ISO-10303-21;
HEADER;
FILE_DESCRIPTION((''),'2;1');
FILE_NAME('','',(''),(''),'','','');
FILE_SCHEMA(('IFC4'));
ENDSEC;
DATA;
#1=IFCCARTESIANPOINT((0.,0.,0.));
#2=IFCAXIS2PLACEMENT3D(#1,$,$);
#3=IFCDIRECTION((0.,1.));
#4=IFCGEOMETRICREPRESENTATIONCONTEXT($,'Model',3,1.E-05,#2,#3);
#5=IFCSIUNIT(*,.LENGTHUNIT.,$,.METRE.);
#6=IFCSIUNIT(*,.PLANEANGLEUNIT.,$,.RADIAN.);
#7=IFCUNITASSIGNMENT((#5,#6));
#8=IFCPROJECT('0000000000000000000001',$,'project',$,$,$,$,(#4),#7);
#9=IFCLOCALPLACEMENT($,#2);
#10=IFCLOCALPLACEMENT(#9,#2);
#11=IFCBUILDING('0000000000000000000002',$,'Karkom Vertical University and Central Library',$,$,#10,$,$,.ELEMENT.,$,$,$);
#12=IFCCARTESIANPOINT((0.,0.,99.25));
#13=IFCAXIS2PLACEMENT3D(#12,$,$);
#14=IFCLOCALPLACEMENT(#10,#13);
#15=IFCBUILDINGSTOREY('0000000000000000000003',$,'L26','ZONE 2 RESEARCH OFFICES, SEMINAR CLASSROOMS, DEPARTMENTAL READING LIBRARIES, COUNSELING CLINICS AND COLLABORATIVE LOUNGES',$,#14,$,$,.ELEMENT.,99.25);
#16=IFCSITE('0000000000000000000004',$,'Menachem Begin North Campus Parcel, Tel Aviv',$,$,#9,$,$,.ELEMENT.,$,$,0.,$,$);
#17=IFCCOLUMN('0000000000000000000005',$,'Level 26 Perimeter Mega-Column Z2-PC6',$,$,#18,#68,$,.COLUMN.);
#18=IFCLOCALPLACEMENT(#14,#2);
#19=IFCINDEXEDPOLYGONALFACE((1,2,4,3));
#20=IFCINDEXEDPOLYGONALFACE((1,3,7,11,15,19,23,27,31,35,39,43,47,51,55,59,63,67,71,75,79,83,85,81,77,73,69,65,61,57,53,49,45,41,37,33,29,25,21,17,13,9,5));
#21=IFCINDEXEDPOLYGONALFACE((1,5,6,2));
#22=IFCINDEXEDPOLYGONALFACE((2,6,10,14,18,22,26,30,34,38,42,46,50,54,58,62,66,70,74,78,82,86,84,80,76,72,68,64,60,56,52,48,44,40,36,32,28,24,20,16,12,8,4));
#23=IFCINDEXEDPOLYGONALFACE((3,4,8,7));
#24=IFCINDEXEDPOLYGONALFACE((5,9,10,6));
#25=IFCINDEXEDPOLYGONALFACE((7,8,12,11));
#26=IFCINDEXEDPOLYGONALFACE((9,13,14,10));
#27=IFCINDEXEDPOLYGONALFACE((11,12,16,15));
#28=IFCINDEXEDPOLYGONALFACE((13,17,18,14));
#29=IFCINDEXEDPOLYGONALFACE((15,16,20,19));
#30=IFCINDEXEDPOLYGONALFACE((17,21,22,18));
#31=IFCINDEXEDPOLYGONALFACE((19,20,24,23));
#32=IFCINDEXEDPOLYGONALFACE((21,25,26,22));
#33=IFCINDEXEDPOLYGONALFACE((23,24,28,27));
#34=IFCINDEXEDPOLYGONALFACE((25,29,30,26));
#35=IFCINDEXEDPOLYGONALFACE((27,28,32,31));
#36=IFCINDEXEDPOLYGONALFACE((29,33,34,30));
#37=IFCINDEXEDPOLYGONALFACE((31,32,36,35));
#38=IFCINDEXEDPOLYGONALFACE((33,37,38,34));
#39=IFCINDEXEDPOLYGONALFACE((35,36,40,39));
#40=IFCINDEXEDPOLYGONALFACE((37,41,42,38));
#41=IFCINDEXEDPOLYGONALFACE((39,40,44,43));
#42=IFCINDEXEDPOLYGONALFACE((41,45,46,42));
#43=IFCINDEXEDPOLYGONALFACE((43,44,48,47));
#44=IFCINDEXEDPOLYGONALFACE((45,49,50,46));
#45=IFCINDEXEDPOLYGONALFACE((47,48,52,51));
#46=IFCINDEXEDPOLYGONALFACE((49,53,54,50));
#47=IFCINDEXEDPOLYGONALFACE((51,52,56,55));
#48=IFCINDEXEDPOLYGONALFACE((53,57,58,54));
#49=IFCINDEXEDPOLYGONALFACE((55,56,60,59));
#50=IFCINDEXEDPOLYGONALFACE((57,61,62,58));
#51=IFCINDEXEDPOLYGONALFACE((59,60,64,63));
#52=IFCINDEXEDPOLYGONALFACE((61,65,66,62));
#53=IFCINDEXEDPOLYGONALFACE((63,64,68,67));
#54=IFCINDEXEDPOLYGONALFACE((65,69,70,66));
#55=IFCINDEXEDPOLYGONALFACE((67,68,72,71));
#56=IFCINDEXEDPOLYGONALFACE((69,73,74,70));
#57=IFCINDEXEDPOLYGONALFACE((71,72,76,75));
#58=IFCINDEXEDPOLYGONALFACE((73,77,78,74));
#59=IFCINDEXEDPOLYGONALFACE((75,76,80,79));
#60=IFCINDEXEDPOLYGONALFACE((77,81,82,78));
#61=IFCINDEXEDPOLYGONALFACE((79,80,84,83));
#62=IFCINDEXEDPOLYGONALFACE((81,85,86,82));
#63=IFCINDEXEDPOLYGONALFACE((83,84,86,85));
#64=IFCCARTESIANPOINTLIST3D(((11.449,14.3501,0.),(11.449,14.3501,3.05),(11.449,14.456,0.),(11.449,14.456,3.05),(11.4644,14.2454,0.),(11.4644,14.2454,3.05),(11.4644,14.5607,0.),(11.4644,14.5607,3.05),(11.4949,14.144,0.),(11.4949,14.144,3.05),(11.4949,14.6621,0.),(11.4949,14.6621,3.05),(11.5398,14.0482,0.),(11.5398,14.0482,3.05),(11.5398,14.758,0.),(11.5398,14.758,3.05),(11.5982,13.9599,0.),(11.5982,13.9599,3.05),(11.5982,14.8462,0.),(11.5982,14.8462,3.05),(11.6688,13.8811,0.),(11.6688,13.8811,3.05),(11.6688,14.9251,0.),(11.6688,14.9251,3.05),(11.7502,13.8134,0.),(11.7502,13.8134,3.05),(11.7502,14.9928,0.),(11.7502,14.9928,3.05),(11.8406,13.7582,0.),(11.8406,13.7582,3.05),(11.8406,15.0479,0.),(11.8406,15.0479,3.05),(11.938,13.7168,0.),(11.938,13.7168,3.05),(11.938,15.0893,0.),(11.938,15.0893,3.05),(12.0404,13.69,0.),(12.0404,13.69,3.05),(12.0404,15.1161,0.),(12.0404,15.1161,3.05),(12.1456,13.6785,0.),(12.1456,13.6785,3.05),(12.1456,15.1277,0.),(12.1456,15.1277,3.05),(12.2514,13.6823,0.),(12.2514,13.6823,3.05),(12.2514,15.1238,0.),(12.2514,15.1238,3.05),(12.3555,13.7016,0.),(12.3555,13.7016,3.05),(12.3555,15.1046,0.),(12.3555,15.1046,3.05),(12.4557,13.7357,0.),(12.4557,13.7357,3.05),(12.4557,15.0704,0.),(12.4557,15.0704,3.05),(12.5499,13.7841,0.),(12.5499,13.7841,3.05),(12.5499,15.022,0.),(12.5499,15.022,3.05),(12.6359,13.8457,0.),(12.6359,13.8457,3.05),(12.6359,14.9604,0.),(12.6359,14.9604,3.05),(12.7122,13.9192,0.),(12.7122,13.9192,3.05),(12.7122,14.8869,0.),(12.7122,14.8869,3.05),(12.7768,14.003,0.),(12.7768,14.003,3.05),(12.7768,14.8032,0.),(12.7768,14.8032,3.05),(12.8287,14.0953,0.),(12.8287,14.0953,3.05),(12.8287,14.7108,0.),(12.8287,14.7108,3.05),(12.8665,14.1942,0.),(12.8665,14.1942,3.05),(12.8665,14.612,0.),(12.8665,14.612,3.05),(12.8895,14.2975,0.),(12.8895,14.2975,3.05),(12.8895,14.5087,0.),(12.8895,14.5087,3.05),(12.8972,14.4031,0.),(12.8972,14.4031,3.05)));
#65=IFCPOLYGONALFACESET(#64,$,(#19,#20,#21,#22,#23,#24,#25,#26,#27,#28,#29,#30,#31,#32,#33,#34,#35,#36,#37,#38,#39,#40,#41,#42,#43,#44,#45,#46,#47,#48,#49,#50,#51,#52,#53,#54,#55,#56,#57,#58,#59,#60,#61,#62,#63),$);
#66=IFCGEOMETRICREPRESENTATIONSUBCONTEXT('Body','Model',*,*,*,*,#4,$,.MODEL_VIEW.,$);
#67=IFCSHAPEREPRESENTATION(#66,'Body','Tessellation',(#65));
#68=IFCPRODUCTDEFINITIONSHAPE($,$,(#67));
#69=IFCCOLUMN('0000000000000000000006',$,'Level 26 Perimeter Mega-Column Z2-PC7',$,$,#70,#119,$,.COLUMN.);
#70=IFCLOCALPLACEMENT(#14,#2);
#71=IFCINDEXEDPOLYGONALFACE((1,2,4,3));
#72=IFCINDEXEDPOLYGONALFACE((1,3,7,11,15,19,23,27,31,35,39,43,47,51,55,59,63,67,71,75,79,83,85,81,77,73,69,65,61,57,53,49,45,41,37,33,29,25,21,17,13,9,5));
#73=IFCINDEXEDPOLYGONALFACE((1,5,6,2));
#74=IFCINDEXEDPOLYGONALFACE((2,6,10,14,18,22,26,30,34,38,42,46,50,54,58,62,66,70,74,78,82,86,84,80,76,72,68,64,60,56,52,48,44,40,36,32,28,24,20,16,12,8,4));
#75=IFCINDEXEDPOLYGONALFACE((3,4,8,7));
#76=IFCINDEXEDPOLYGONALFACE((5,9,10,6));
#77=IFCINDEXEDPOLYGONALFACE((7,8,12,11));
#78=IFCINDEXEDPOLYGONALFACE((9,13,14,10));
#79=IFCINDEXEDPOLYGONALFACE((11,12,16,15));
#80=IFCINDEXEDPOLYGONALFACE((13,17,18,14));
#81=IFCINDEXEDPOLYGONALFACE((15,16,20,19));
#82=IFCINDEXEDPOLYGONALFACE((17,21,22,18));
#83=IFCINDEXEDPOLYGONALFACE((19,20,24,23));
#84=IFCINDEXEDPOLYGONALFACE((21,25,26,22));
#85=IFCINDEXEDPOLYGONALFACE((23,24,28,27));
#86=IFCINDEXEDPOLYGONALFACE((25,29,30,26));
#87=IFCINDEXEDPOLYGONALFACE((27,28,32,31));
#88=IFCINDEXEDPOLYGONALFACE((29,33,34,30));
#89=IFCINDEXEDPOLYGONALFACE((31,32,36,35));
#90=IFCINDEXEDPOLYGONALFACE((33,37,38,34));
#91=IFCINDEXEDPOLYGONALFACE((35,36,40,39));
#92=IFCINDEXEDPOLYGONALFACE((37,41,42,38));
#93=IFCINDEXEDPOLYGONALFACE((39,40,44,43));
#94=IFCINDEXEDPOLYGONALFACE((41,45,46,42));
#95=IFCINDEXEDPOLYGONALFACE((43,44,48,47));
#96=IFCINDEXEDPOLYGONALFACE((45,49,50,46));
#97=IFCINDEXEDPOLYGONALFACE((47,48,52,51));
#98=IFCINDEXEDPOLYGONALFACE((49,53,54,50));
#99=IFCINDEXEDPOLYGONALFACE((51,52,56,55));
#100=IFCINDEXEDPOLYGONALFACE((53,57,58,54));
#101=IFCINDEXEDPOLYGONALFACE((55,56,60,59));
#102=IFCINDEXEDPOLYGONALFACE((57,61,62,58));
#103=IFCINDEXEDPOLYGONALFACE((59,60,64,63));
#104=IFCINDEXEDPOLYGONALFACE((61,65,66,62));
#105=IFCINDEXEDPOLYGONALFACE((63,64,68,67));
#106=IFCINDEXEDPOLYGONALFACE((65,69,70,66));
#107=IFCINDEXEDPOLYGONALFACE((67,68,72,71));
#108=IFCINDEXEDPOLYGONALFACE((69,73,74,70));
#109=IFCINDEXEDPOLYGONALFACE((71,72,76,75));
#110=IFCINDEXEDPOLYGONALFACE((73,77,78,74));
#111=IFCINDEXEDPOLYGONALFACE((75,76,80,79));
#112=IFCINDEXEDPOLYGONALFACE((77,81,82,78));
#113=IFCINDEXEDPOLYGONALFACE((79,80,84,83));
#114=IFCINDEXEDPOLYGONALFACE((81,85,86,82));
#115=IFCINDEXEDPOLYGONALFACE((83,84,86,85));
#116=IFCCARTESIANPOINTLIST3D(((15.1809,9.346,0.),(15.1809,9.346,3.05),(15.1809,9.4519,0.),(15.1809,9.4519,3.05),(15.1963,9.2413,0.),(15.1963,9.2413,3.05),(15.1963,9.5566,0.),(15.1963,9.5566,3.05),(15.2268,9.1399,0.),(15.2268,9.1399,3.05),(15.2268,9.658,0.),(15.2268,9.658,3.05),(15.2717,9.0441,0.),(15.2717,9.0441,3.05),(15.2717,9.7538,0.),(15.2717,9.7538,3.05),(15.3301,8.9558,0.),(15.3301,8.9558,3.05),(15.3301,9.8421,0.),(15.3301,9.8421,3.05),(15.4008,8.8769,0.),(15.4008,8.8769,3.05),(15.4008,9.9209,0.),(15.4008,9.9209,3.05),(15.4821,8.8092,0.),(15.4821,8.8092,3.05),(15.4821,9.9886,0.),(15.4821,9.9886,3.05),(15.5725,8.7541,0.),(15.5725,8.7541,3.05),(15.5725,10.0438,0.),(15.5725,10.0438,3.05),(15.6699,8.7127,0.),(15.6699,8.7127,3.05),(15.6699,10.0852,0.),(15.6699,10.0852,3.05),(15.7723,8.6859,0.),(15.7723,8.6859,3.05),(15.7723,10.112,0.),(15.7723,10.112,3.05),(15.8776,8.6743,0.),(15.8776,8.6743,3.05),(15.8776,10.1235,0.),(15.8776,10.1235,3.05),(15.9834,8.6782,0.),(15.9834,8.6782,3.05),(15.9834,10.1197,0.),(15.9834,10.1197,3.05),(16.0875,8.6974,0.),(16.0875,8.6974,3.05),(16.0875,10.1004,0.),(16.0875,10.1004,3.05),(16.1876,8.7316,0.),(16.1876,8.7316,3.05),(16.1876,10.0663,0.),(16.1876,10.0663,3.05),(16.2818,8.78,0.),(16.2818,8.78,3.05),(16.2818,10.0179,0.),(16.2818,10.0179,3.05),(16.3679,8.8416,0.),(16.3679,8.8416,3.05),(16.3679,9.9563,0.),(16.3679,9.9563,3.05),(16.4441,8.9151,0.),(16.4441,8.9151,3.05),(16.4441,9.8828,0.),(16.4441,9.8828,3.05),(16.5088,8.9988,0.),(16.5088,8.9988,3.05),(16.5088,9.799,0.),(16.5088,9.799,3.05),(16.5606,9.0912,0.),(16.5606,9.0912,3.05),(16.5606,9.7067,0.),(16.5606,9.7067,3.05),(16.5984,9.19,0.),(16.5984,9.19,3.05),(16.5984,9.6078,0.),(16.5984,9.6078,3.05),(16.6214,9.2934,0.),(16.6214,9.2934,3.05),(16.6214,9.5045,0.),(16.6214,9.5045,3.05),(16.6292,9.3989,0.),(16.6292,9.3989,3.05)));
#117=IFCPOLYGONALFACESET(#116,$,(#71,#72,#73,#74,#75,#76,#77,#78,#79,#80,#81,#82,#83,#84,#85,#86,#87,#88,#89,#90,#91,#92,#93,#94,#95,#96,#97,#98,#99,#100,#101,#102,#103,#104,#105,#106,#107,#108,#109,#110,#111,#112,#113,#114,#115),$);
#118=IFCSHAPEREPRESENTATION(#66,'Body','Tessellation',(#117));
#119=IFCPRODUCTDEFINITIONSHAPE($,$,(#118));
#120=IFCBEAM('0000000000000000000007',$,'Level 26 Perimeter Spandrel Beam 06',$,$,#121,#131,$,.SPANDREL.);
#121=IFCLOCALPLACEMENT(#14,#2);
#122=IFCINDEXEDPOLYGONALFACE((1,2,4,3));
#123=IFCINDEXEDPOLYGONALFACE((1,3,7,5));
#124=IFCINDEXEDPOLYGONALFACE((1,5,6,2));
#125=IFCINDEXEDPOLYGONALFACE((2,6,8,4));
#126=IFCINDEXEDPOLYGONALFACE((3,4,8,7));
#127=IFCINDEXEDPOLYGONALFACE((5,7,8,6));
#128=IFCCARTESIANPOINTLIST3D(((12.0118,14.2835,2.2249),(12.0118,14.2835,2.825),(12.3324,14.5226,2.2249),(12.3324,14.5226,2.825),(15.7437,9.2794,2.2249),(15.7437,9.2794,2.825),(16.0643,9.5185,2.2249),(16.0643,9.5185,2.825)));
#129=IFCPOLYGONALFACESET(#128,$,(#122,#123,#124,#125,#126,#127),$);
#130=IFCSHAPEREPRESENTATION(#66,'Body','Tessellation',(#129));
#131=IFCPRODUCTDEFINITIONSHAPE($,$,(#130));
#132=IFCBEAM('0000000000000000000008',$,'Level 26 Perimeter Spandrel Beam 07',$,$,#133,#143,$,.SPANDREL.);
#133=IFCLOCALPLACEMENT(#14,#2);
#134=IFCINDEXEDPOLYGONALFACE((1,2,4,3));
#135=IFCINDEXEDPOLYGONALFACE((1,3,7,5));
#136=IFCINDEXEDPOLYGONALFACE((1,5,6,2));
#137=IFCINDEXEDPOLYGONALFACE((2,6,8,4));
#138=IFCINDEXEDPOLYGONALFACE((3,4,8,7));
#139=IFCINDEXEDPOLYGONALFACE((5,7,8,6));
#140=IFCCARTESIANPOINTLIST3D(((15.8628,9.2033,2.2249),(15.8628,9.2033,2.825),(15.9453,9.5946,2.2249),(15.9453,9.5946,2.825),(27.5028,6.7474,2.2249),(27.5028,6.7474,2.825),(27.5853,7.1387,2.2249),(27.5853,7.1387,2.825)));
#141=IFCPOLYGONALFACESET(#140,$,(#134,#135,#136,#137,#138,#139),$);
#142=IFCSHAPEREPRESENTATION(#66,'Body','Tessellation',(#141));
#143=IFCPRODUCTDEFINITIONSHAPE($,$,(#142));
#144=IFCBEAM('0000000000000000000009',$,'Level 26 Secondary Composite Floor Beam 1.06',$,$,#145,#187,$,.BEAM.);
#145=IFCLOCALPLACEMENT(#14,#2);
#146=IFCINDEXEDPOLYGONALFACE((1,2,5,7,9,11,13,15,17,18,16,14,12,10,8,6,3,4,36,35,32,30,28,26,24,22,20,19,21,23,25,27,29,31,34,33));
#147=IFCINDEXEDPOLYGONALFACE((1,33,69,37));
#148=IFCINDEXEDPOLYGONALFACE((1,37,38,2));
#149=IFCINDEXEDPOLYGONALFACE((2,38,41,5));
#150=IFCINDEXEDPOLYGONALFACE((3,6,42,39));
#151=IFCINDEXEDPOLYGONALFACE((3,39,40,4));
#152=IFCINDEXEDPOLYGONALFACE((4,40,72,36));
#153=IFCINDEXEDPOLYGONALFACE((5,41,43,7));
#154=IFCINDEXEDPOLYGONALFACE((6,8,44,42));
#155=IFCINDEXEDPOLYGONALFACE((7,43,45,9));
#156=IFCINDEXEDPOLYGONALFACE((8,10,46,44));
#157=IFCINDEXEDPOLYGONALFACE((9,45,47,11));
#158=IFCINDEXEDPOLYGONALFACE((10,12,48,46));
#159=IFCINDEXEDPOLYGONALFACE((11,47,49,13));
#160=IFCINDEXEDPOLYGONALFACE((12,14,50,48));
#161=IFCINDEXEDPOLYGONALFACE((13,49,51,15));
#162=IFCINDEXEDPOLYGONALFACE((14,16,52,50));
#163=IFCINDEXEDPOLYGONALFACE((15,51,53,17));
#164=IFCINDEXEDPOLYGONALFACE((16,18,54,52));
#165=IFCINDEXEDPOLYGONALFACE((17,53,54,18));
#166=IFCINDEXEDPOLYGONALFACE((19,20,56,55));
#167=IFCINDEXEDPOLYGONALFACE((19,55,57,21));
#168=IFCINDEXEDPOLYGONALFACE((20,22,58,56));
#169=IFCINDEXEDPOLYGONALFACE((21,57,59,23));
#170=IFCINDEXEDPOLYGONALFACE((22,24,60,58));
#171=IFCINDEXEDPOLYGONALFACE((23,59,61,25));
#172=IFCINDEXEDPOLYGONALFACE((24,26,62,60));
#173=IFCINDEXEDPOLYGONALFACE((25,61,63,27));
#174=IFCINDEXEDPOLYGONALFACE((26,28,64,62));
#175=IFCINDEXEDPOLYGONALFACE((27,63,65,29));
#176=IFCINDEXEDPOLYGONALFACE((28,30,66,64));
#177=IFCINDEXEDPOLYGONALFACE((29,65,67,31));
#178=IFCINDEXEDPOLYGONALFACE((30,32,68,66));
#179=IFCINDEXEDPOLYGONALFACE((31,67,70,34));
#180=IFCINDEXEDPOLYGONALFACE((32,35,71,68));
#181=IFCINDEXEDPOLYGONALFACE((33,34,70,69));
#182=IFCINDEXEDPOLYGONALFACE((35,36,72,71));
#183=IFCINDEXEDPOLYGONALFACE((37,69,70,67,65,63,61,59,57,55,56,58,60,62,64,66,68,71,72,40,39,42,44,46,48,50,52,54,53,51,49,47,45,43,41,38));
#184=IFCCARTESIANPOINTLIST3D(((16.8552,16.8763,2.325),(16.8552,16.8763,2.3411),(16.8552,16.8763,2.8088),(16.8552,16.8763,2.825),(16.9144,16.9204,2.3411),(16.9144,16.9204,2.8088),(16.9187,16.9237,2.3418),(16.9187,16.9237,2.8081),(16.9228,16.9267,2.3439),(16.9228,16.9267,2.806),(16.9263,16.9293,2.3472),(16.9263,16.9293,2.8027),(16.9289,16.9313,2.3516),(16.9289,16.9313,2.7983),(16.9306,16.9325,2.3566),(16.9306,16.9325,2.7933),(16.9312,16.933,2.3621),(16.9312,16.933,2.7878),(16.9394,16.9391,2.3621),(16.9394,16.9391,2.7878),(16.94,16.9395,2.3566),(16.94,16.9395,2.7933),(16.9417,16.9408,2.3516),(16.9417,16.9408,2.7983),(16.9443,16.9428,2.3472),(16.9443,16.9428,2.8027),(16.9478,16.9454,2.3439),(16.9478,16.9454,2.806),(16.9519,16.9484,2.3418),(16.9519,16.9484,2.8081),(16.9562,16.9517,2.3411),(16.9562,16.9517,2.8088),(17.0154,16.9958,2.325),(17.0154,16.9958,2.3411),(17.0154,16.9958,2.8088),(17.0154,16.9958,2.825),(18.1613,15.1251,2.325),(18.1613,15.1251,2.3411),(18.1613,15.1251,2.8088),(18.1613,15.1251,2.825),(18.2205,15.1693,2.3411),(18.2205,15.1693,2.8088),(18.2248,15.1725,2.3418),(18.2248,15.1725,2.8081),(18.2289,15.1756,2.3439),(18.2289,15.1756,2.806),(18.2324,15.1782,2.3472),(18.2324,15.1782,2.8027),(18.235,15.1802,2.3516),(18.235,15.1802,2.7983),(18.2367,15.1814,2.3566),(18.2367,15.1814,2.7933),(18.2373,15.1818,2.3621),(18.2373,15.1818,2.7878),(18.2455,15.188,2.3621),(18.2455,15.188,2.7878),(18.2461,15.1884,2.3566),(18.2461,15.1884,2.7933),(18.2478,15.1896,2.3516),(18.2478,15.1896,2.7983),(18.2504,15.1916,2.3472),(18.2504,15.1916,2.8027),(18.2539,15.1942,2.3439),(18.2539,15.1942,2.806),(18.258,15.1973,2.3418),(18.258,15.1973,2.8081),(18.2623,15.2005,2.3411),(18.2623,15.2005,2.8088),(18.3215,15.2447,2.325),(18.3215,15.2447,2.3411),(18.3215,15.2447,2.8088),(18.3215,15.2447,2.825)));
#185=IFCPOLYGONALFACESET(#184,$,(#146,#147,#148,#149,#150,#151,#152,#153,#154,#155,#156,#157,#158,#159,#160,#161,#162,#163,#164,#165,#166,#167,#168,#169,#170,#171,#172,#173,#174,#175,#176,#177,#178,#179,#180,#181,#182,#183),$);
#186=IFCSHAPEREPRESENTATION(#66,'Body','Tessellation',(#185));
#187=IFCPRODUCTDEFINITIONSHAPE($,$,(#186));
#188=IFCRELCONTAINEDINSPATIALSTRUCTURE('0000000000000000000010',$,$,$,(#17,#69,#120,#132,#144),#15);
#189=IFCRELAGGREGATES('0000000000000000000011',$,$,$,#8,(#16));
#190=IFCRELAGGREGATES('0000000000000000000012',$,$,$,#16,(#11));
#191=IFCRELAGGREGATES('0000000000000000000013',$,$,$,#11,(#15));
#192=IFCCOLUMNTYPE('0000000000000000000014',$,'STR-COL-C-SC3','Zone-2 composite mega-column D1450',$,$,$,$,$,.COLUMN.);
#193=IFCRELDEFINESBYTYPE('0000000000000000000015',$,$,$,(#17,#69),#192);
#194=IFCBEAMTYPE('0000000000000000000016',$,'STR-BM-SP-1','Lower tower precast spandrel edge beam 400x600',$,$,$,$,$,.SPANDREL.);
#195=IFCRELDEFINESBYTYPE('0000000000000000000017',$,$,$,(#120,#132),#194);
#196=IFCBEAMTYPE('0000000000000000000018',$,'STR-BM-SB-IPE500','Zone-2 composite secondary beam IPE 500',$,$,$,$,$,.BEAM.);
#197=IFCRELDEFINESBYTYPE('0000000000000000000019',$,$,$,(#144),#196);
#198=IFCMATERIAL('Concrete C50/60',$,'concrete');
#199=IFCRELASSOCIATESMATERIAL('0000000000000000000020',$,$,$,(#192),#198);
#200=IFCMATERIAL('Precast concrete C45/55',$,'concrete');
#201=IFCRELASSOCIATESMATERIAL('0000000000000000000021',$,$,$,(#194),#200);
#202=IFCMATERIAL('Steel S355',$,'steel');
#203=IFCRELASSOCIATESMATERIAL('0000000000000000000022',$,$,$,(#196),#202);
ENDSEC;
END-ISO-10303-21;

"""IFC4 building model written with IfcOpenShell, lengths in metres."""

from ifc_helpers import new_model, si_unit, direction, frame, origin, origin_with_axes, origin_2d, place, context, subcontext, project, spatial, rectangle, circle, i_section, extrude, source, transform, mapped, material, material_profile, profile_set, type_object, element, save


model = new_model("IFC4")

# Units and contexts
model_context = context("Model", 3, precision=1e-05, world=origin(), true_north=direction((0.0, 1.0)))
body_context = subcontext(model_context, "Body", "Model", "MODEL_VIEW")
ifc_project = project(units=[si_unit("LENGTHUNIT", "METRE"), si_unit("PLANEANGLEUNIT", "RADIAN")], contexts=[model_context])

# Site, building, storey
site_placement = place(None, origin())
site = spatial("IfcSite", under=ifc_project, at=site_placement, Name="Menachem Begin North Campus Parcel, Tel Aviv", CompositionType="ELEMENT", RefElevation=0.0)
building_placement = place(site_placement, origin())
building = spatial("IfcBuilding", under=site, at=building_placement, Name="Karkom Vertical University and Central Library", CompositionType="ELEMENT")
storey_placement = place(building_placement, frame((0.0, 0.0, 99.25)))
storey = spatial("IfcBuildingStorey", under=building, at=storey_placement, Name="L26", Description="ZONE 2 RESEARCH OFFICES, SEMINAR CLASSROOMS, DEPARTMENTAL READING LIBRARIES, COUNSELING CLINICS AND COLLABORATIVE LOUNGES", CompositionType="ELEMENT", Elevation=99.25)

# Columns
ifc_material_1 = material(Name="Concrete C50/60", Category="concrete")
ifc_material_profile_1 = material_profile(ifc_material_1, circle(Radius=0.7251, at=origin_2d()), Name="CFT-D1450")
ifc_profile_set_1 = profile_set([ifc_material_profile_1], Name="Concrete C50/60")
column_type = type_object("IfcColumnType", Name="STR-COL-C-SC3", Description="Zone-2 composite mega-column D1450", PredefinedType="COLUMN", material=ifc_profile_set_1)
shared_shape_1 = source(origin_with_axes(), body_context, "Body", "SweptSolid", [
    extrude(circle(Radius=0.7251, at=origin_2d()), origin(), (0.0, 0.0, 1.0), 3.05),
])
for number, where, z_axis, x_axis, name in (
    (1, (12.1721, 14.4031, 0.0), (0.0, 0.0, 1.0), (1.0, 0.0, 0.0), "Level 26 Perimeter Mega-Column Z2-PC6"),
    (2, (15.9041, 9.3989, 0.0), (0.0, 0.0, 1.0), (1.0, 0.0, 0.0), "Level 26 Perimeter Mega-Column Z2-PC7"),
):
    element("IfcColumn", number, at=place(storey_placement, frame(where, z_axis=z_axis, x_axis=x_axis)), inside=storey, type_object=column_type, Name=name, PredefinedType="COLUMN", context=body_context, shape_type="MappedRepresentation", body=[
        mapped(shared_shape_1, transform((0.0, 0.0, 0.0), scale=1.0)),
    ])

# Beams
ifc_material_2 = material(Name="Precast concrete C45/55", Category="concrete")
ifc_material_profile_2 = material_profile(ifc_material_2, rectangle(XDim=0.3999, YDim=0.6001, at=origin_2d()), Name="SPB-400x600")
ifc_profile_set_2 = profile_set([ifc_material_profile_2], Name="Precast concrete C45/55")
beam_type_1 = type_object("IfcBeamType", Name="STR-BM-SP-1", Description="Lower tower precast spandrel edge beam 400x600", PredefinedType="SPANDREL", material=ifc_profile_set_2)
shared_shape_2 = source(origin_with_axes(), body_context, "Body", "SweptSolid", [
    extrude(rectangle(XDim=0.3999, YDim=0.6001, at=origin_2d()), origin(), (0.0, 0.0, 1.0), 6.2424),
])
beam_1_placement = place(storey_placement, frame((12.1721, 14.4031, 2.5249), z_axis=(0.597826, -0.801626, 0.0), x_axis=(0.801626, 0.597826, 0.0)))
element("IfcBeam", 3, at=beam_1_placement, inside=storey, type_object=beam_type_1, Name="Level 26 Perimeter Spandrel Beam 06", PredefinedType="SPANDREL", context=body_context, shape_type="MappedRepresentation", body=[
    mapped(shared_shape_2, transform((0.0, 0.0, 0.0), scale=1.0)),
])
shared_shape_3 = source(origin_with_axes(), body_context, "Body", "SweptSolid", [
    extrude(rectangle(XDim=0.3999, YDim=0.6001, at=origin_2d()), origin(), (0.0, 0.0, 1.0), 11.8962),
])
beam_2_placement = place(storey_placement, frame((15.9041, 9.3989, 2.5249), z_axis=(0.97846, -0.206438, 0.0), x_axis=(0.206438, 0.97846, 0.0)))
element("IfcBeam", 4, at=beam_2_placement, inside=storey, type_object=beam_type_1, Name="Level 26 Perimeter Spandrel Beam 07", PredefinedType="SPANDREL", context=body_context, shape_type="MappedRepresentation", body=[
    mapped(shared_shape_3, transform((0.0, 0.0, 0.0), scale=1.0)),
])
ifc_material_3 = material(Name="Steel S355", Category="steel")
ifc_material_profile_3 = material_profile(ifc_material_3, i_section(OverallWidth=0.2, OverallDepth=0.5, WebThickness=0.0103, FlangeThickness=0.0161, FilletRadius=0.021, at=origin_2d()), Name="IPE 500")
ifc_profile_set_3 = profile_set([ifc_material_profile_3], Name="Steel S355")
beam_type_2 = type_object("IfcBeamType", Name="STR-BM-SB-IPE500", Description="Zone-2 composite secondary beam IPE 500", PredefinedType="BEAM", material=ifc_profile_set_3)
shared_shape_4 = source(origin_with_axes(), body_context, "Body", "SweptSolid", [
    extrude(i_section(OverallWidth=0.2, OverallDepth=0.5, WebThickness=0.0103, FlangeThickness=0.0161, FilletRadius=0.021, at=origin_2d()), origin(), (0.0, 0.0, 1.0), 2.1846),
])
beam_3_placement = place(storey_placement, frame((16.9353, 16.936, 2.575), z_axis=(0.59787, -0.801593, 0.0), x_axis=(0.801593, 0.59787, 0.0)))
element("IfcBeam", 5, at=beam_3_placement, inside=storey, type_object=beam_type_2, Name="Level 26 Secondary Composite Floor Beam 1.06", PredefinedType="BEAM", context=body_context, shape_type="MappedRepresentation", body=[
    mapped(shared_shape_4, transform((0.0, 0.0, 0.0), scale=1.0)),
])

save(model, "model.ifc")
